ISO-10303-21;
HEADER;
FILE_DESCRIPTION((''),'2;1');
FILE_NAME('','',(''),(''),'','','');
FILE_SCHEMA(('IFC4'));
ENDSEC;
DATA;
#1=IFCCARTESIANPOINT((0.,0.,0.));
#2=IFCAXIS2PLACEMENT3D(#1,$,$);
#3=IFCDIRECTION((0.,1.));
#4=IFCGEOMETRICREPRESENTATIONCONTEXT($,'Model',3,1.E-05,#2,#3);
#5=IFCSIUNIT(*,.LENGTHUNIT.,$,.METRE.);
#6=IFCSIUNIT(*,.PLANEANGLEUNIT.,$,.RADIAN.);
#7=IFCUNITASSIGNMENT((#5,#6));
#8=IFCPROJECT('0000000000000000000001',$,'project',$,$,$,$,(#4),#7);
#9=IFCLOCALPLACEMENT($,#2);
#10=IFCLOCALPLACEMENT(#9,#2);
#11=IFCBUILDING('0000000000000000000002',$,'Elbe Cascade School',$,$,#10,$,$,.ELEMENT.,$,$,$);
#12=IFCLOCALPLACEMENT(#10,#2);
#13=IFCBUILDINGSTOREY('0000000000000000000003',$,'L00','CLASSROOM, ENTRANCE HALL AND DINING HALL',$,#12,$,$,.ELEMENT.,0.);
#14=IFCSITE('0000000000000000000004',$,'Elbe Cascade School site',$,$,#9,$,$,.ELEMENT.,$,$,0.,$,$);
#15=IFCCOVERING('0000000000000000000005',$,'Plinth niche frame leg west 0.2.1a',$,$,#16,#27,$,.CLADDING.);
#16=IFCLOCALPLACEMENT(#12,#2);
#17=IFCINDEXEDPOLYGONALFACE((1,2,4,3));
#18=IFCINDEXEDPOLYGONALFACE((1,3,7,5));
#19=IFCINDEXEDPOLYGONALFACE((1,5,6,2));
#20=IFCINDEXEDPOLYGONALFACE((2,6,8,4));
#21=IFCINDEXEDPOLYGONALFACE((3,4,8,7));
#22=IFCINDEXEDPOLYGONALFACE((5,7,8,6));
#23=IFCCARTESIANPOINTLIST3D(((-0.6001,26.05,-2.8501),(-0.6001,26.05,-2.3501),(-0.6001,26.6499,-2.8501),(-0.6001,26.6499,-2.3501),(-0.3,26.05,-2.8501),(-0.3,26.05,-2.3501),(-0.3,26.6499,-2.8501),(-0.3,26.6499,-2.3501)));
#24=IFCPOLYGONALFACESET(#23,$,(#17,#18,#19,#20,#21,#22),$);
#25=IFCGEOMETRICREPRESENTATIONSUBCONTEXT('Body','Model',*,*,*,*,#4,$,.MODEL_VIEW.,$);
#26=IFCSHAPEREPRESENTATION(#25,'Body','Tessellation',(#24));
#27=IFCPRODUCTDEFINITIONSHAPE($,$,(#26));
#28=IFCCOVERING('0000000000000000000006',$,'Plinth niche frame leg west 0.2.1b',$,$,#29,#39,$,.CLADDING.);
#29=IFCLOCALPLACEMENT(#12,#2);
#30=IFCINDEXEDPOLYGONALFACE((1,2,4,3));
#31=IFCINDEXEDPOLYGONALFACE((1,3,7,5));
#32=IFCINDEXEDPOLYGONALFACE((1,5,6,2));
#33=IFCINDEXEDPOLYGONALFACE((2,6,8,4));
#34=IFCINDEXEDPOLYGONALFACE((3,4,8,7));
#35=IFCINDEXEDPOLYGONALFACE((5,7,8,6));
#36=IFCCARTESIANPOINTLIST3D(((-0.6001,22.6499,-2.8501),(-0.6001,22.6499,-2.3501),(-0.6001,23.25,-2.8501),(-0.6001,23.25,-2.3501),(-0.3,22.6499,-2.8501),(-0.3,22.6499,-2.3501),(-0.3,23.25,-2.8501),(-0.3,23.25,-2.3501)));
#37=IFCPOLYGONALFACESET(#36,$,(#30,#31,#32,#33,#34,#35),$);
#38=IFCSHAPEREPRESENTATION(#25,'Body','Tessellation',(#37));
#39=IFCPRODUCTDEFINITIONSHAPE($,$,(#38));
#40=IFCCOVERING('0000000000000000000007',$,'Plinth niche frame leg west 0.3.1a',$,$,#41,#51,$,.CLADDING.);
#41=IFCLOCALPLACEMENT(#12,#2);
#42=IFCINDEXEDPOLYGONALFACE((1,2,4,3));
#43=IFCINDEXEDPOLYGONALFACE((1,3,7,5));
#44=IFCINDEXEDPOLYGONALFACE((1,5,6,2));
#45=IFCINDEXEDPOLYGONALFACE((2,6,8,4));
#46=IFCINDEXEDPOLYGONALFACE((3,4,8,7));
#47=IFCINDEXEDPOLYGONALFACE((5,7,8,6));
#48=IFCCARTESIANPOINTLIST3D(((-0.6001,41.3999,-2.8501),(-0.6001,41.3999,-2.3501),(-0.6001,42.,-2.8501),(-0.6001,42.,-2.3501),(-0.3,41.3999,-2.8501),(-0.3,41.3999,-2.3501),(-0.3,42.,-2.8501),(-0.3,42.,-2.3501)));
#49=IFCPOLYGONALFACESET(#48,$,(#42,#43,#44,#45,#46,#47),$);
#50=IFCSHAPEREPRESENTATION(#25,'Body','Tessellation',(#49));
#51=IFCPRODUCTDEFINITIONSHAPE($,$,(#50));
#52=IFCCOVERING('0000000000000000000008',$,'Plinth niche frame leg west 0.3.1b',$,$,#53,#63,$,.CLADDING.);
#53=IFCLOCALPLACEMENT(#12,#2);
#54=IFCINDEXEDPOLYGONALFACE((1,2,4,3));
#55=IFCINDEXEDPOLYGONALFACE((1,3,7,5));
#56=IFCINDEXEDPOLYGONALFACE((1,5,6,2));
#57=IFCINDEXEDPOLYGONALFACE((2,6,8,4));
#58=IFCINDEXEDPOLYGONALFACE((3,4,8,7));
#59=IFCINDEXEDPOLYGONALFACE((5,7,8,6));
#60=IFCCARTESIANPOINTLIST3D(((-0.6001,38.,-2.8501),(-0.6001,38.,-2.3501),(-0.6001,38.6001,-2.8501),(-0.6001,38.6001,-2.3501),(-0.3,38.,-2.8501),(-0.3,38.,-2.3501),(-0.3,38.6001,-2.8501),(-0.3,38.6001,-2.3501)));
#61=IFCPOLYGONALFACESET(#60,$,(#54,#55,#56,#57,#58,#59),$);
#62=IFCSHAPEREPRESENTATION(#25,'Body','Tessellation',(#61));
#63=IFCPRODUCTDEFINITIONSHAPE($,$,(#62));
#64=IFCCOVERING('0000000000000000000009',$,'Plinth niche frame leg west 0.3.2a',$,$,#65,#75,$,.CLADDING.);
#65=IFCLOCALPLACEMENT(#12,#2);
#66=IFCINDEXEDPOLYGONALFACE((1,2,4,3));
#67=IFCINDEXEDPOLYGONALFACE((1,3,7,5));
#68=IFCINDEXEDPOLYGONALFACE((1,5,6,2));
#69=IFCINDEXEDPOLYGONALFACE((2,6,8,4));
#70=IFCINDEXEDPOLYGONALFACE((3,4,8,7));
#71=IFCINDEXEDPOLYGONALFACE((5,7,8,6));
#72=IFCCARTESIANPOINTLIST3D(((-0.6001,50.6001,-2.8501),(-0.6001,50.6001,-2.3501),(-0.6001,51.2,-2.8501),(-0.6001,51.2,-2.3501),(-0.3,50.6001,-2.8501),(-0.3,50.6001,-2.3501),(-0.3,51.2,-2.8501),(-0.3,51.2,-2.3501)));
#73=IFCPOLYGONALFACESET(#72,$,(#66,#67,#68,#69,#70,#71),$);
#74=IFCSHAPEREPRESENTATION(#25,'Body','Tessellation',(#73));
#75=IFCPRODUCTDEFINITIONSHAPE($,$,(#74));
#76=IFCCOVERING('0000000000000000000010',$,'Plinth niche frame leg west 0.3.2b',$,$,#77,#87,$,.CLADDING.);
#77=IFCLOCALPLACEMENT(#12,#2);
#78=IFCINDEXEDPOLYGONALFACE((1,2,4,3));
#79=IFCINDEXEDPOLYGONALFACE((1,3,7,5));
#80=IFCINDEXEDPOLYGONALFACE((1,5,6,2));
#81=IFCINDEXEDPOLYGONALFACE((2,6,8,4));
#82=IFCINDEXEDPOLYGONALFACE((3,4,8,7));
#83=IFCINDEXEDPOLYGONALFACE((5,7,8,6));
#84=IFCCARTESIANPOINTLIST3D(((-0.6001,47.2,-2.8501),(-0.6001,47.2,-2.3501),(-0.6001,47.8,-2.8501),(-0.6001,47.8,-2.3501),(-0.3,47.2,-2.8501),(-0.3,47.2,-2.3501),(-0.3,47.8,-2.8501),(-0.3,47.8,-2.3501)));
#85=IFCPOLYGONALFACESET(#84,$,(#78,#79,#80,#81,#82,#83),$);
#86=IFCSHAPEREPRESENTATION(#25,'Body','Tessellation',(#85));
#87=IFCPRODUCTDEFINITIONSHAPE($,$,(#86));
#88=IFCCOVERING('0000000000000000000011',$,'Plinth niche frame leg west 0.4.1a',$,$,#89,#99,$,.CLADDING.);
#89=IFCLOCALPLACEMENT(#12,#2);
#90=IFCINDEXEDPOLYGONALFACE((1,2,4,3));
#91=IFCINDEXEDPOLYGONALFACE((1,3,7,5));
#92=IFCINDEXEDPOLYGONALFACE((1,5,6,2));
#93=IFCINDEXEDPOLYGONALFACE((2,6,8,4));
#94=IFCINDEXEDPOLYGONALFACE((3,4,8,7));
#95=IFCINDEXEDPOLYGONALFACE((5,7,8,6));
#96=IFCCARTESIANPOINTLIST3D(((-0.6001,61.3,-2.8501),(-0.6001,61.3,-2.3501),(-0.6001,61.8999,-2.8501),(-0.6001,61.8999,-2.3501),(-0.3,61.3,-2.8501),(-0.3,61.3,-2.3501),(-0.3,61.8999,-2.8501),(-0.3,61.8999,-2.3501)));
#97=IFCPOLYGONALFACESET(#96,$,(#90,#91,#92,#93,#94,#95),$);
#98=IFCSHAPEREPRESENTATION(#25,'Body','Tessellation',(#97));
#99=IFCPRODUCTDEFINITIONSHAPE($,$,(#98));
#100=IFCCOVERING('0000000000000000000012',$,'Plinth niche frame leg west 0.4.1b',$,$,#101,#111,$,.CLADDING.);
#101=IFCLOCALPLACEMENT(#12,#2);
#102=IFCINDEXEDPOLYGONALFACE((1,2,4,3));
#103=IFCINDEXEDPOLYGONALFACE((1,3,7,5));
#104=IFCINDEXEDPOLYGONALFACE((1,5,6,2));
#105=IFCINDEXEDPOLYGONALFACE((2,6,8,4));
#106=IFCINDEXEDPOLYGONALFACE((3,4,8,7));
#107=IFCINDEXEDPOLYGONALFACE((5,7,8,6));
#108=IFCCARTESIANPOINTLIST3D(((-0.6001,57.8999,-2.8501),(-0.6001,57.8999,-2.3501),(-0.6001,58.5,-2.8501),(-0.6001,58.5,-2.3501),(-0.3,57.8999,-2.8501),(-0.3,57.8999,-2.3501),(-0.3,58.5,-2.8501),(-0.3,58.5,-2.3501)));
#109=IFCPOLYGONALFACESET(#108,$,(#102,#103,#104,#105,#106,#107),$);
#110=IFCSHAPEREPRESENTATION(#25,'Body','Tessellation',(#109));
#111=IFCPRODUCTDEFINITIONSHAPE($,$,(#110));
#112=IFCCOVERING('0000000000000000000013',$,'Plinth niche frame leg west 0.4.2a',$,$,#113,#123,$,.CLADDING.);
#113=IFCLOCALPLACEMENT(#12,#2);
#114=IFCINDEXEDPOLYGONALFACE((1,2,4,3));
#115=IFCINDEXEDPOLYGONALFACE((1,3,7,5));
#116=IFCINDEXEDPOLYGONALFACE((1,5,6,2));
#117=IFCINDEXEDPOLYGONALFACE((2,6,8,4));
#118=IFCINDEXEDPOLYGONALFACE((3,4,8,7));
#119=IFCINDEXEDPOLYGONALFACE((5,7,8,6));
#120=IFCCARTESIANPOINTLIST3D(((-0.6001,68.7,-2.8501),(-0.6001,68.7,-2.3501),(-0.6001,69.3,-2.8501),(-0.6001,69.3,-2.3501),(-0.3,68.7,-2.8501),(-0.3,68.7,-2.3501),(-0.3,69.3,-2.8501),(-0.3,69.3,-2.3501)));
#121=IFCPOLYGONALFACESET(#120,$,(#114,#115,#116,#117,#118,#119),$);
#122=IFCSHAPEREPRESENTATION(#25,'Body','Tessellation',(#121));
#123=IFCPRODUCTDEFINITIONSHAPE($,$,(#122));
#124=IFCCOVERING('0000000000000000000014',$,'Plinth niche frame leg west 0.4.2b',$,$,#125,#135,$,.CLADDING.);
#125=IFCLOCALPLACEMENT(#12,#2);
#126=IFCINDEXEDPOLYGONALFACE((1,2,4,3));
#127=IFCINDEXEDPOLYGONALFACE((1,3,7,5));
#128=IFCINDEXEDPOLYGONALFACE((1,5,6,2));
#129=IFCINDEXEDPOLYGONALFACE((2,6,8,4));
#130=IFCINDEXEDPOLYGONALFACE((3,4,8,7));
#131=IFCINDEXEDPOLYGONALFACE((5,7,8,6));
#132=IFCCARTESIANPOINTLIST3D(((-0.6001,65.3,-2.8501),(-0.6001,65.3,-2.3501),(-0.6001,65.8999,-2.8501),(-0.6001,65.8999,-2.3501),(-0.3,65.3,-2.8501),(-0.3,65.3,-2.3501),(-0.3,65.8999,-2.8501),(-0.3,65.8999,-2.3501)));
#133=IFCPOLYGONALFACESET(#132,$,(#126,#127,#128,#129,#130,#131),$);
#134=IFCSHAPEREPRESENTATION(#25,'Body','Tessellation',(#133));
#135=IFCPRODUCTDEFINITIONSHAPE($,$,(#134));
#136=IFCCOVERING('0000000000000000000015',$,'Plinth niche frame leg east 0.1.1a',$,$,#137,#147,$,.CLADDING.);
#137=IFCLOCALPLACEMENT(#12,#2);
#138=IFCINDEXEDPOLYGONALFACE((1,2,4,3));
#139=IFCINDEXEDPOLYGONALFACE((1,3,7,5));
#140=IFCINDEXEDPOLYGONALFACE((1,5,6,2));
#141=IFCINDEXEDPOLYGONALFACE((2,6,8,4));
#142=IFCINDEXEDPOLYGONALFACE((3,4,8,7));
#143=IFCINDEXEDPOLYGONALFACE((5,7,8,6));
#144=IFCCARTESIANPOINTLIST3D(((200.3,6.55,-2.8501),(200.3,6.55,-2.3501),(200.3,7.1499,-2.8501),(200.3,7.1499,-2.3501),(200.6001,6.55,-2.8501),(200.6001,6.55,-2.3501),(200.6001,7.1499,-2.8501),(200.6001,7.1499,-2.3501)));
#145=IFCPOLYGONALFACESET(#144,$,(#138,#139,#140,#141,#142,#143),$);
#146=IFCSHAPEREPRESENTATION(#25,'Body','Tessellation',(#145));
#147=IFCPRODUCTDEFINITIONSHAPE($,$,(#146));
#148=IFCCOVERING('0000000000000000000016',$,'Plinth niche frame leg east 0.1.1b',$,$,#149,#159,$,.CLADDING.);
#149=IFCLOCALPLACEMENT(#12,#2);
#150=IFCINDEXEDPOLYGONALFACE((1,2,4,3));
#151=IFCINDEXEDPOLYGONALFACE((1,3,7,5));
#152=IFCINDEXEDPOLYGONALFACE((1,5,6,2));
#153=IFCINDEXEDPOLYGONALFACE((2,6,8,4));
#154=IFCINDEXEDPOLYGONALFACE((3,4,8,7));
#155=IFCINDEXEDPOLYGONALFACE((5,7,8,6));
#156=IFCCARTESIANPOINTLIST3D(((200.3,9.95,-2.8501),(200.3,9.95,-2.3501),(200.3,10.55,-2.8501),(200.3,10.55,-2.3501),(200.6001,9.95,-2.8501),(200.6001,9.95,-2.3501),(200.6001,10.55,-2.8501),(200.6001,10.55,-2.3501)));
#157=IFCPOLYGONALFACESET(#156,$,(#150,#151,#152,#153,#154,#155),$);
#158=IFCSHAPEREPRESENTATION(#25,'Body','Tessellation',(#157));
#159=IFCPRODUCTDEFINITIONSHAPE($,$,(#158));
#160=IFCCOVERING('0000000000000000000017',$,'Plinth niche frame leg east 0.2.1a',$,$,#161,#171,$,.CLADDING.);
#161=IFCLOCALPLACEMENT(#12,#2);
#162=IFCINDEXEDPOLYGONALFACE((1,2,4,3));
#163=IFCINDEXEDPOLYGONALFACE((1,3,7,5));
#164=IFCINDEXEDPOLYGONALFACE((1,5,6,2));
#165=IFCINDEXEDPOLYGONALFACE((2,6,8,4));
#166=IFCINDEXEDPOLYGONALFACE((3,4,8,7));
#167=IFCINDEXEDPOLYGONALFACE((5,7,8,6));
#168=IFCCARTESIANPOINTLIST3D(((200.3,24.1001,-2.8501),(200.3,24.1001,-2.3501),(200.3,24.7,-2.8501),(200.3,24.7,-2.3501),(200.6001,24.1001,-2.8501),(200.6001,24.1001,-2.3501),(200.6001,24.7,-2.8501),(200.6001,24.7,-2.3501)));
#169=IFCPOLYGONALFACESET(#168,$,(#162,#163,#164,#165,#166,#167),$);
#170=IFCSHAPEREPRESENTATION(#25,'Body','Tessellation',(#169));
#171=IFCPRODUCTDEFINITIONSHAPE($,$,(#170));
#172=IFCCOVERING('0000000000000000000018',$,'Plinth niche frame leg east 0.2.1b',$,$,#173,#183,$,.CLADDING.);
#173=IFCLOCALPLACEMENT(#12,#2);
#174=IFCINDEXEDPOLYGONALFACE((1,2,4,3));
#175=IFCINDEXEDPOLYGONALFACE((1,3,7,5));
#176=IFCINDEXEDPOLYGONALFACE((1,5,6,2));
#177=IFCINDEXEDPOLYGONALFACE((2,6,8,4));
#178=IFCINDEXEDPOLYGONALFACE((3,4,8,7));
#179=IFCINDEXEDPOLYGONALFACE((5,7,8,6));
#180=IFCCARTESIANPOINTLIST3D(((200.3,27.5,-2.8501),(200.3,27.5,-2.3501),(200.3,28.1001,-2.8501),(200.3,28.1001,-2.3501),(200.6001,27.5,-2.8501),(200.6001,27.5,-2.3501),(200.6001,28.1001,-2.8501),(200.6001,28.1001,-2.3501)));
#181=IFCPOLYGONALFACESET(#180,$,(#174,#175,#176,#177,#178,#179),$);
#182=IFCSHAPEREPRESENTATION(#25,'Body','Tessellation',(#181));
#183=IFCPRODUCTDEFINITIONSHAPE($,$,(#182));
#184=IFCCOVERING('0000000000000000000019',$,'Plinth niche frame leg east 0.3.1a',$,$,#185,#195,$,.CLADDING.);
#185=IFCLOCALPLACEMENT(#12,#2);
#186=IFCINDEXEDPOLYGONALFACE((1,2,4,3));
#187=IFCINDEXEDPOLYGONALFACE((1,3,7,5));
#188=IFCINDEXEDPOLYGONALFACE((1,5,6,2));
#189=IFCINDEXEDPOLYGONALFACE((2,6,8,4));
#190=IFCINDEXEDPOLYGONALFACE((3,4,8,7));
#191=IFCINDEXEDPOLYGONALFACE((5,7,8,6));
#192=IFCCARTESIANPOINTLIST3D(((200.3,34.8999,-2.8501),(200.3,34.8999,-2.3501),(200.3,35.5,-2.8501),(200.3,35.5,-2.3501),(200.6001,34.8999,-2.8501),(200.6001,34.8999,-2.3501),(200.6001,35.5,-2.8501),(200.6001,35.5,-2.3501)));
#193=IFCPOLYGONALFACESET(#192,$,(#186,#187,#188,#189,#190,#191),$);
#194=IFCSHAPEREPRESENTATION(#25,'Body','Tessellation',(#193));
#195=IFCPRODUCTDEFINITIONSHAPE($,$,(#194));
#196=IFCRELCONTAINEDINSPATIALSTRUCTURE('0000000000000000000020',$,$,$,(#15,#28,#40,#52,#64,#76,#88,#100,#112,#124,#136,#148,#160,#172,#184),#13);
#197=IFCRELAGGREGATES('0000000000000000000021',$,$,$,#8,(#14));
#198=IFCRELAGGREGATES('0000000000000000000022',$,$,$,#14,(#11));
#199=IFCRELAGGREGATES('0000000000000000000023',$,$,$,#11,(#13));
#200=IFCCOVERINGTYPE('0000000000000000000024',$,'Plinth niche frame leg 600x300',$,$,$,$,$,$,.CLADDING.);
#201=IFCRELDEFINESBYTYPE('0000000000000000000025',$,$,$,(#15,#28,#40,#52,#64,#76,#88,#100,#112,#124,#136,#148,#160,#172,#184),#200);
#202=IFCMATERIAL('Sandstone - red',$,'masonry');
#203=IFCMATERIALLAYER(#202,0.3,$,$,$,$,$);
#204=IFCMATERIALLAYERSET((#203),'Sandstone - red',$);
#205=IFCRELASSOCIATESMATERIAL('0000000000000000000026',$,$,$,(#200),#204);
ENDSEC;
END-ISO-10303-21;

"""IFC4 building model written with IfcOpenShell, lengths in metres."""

from ifc_helpers import new_model, si_unit, direction, frame, origin, place, context, subcontext, project, spatial, polyline, outline, extrude, material, layer, layer_set, type_object, element, save


model = new_model("IFC4")

# Units and contexts
model_context = context("Model", 3, precision=1e-05, world=origin(), true_north=direction((0.0, 1.0)))
body_context = subcontext(model_context, "Body", "Model", "MODEL_VIEW")
ifc_project = project(units=[si_unit("LENGTHUNIT", "METRE"), si_unit("PLANEANGLEUNIT", "RADIAN")], contexts=[model_context])

# Site, building, storey
site_placement = place(None, origin())
site = spatial("IfcSite", under=ifc_project, at=site_placement, Name="Elbe Cascade School site", CompositionType="ELEMENT", RefElevation=0.0)
building_placement = place(site_placement, origin())
building = spatial("IfcBuilding", under=site, at=building_placement, Name="Elbe Cascade School", CompositionType="ELEMENT")
storey_placement = place(building_placement, origin())
storey = spatial("IfcBuildingStorey", under=building, at=storey_placement, Name="L00", Description="CLASSROOM, ENTRANCE HALL AND DINING HALL", CompositionType="ELEMENT", Elevation=0.0)

# Coverings
ifc_material = material(Name="Sandstone - red", Category="masonry")
ifc_layer = layer(ifc_material, 0.3)
ifc_layer_set = layer_set([ifc_layer], Name="Sandstone - red")
covering_type = type_object("IfcCoveringType", Name="Plinth niche frame leg 600x300", PredefinedType="CLADDING", material=ifc_layer_set)
covering_1_placement = place(storey_placement, frame((0.0, 0.0, -2.8501)))
element("IfcCovering", 1, at=covering_1_placement, inside=storey, type_object=covering_type, Name="Plinth niche frame leg west 0.2.1a", PredefinedType="CLADDING", context=body_context, shape_type="SweptSolid", body=[
    extrude(outline(polyline([(-0.6001, 26.05), (-0.3, 26.05), (-0.3, 26.6499), (-0.6001, 26.6499), (-0.6001, 26.05)])), origin(), (0.0, 0.0, 1.0), 0.5),
])
covering_2_placement = place(storey_placement, frame((0.0, 0.0, -2.8501)))
element("IfcCovering", 2, at=covering_2_placement, inside=storey, type_object=covering_type, Name="Plinth niche frame leg west 0.2.1b", PredefinedType="CLADDING", context=body_context, shape_type="SweptSolid", body=[
    extrude(outline(polyline([(-0.6001, 22.6499), (-0.3, 22.6499), (-0.3, 23.25), (-0.6001, 23.25), (-0.6001, 22.6499)])), origin(), (0.0, 0.0, 1.0), 0.5),
])
covering_3_placement = place(storey_placement, frame((0.0, 0.0, -2.8501)))
element("IfcCovering", 3, at=covering_3_placement, inside=storey, type_object=covering_type, Name="Plinth niche frame leg west 0.3.1a", PredefinedType="CLADDING", context=body_context, shape_type="SweptSolid", body=[
    extrude(outline(polyline([(-0.6001, 41.3999), (-0.3, 41.3999), (-0.3, 42.0), (-0.6001, 42.0), (-0.6001, 41.3999)])), origin(), (0.0, 0.0, 1.0), 0.5),
])
covering_4_placement = place(storey_placement, frame((0.0, 0.0, -2.8501)))
element("IfcCovering", 4, at=covering_4_placement, inside=storey, type_object=covering_type, Name="Plinth niche frame leg west 0.3.1b", PredefinedType="CLADDING", context=body_context, shape_type="SweptSolid", body=[
    extrude(outline(polyline([(-0.6001, 38.0), (-0.3, 38.0), (-0.3, 38.6001), (-0.6001, 38.6001), (-0.6001, 38.0)])), origin(), (0.0, 0.0, 1.0), 0.5),
])
covering_5_placement = place(storey_placement, frame((0.0, 0.0, -2.8501)))
element("IfcCovering", 5, at=covering_5_placement, inside=storey, type_object=covering_type, Name="Plinth niche frame leg west 0.3.2a", PredefinedType="CLADDING", context=body_context, shape_type="SweptSolid", body=[
    extrude(outline(polyline([(-0.6001, 50.6001), (-0.3, 50.6001), (-0.3, 51.2), (-0.6001, 51.2), (-0.6001, 50.6001)])), origin(), (0.0, 0.0, 1.0), 0.5),
])
covering_6_placement = place(storey_placement, frame((0.0, 0.0, -2.8501)))
element("IfcCovering", 6, at=covering_6_placement, inside=storey, type_object=covering_type, Name="Plinth niche frame leg west 0.3.2b", PredefinedType="CLADDING", context=body_context, shape_type="SweptSolid", body=[
    extrude(outline(polyline([(-0.6001, 47.2), (-0.3, 47.2), (-0.3, 47.8), (-0.6001, 47.8), (-0.6001, 47.2)])), origin(), (0.0, 0.0, 1.0), 0.5),
])
covering_7_placement = place(storey_placement, frame((0.0, 0.0, -2.8501)))
element("IfcCovering", 7, at=covering_7_placement, inside=storey, type_object=covering_type, Name="Plinth niche frame leg west 0.4.1a", PredefinedType="CLADDING", context=body_context, shape_type="SweptSolid", body=[
    extrude(outline(polyline([(-0.6001, 61.3), (-0.3, 61.3), (-0.3, 61.8999), (-0.6001, 61.8999), (-0.6001, 61.3)])), origin(), (0.0, 0.0, 1.0), 0.5),
])
covering_8_placement = place(storey_placement, frame((0.0, 0.0, -2.8501)))
element("IfcCovering", 8, at=covering_8_placement, inside=storey, type_object=covering_type, Name="Plinth niche frame leg west 0.4.1b", PredefinedType="CLADDING", context=body_context, shape_type="SweptSolid", body=[
    extrude(outline(polyline([(-0.6001, 57.8999), (-0.3, 57.8999), (-0.3, 58.5), (-0.6001, 58.5), (-0.6001, 57.8999)])), origin(), (0.0, 0.0, 1.0), 0.5),
])
covering_9_placement = place(storey_placement, frame((0.0, 0.0, -2.8501)))
element("IfcCovering", 9, at=covering_9_placement, inside=storey, type_object=covering_type, Name="Plinth niche frame leg west 0.4.2a", PredefinedType="CLADDING", context=body_context, shape_type="SweptSolid", body=[
    extrude(outline(polyline([(-0.6001, 68.7), (-0.3, 68.7), (-0.3, 69.3), (-0.6001, 69.3), (-0.6001, 68.7)])), origin(), (0.0, 0.0, 1.0), 0.5),
])
covering_10_placement = place(storey_placement, frame((0.0, 0.0, -2.8501)))
element("IfcCovering", 10, at=covering_10_placement, inside=storey, type_object=covering_type, Name="Plinth niche frame leg west 0.4.2b", PredefinedType="CLADDING", context=body_context, shape_type="SweptSolid", body=[
    extrude(outline(polyline([(-0.6001, 65.3), (-0.3, 65.3), (-0.3, 65.8999), (-0.6001, 65.8999), (-0.6001, 65.3)])), origin(), (0.0, 0.0, 1.0), 0.5),
])
covering_11_placement = place(storey_placement, frame((0.0, 0.0, -2.8501)))
element("IfcCovering", 11, at=covering_11_placement, inside=storey, type_object=covering_type, Name="Plinth niche frame leg east 0.1.1a", PredefinedType="CLADDING", context=body_context, shape_type="SweptSolid", body=[
    extrude(outline(polyline([(200.3, 6.55), (200.6001, 6.55), (200.6001, 7.1499), (200.3, 7.1499), (200.3, 6.55)])), origin(), (0.0, 0.0, 1.0), 0.5),
])
covering_12_placement = place(storey_placement, frame((0.0, 0.0, -2.8501)))
element("IfcCovering", 12, at=covering_12_placement, inside=storey, type_object=covering_type, Name="Plinth niche frame leg east 0.1.1b", PredefinedType="CLADDING", context=body_context, shape_type="SweptSolid", body=[
    extrude(outline(polyline([(200.3, 9.95), (200.6001, 9.95), (200.6001, 10.55), (200.3, 10.55), (200.3, 9.95)])), origin(), (0.0, 0.0, 1.0), 0.5),
])
covering_13_placement = place(storey_placement, frame((0.0, 0.0, -2.8501)))
element("IfcCovering", 13, at=covering_13_placement, inside=storey, type_object=covering_type, Name="Plinth niche frame leg east 0.2.1a", PredefinedType="CLADDING", context=body_context, shape_type="SweptSolid", body=[
    extrude(outline(polyline([(200.3, 24.1001), (200.6001, 24.1001), (200.6001, 24.7), (200.3, 24.7), (200.3, 24.1001)])), origin(), (0.0, 0.0, 1.0), 0.5),
])
covering_14_placement = place(storey_placement, frame((0.0, 0.0, -2.8501)))
element("IfcCovering", 14, at=covering_14_placement, inside=storey, type_object=covering_type, Name="Plinth niche frame leg east 0.2.1b", PredefinedType="CLADDING", context=body_context, shape_type="SweptSolid", body=[
    extrude(outline(polyline([(200.3, 27.5), (200.6001, 27.5), (200.6001, 28.1001), (200.3, 28.1001), (200.3, 27.5)])), origin(), (0.0, 0.0, 1.0), 0.5),
])
covering_15_placement = place(storey_placement, frame((0.0, 0.0, -2.8501)))
element("IfcCovering", 15, at=covering_15_placement, inside=storey, type_object=covering_type, Name="Plinth niche frame leg east 0.3.1a", PredefinedType="CLADDING", context=body_context, shape_type="SweptSolid", body=[
    extrude(outline(polyline([(200.3, 34.8999), (200.6001, 34.8999), (200.6001, 35.5), (200.3, 35.5), (200.3, 34.8999)])), origin(), (0.0, 0.0, 1.0), 0.5),
])

save(model, "model.ifc")
